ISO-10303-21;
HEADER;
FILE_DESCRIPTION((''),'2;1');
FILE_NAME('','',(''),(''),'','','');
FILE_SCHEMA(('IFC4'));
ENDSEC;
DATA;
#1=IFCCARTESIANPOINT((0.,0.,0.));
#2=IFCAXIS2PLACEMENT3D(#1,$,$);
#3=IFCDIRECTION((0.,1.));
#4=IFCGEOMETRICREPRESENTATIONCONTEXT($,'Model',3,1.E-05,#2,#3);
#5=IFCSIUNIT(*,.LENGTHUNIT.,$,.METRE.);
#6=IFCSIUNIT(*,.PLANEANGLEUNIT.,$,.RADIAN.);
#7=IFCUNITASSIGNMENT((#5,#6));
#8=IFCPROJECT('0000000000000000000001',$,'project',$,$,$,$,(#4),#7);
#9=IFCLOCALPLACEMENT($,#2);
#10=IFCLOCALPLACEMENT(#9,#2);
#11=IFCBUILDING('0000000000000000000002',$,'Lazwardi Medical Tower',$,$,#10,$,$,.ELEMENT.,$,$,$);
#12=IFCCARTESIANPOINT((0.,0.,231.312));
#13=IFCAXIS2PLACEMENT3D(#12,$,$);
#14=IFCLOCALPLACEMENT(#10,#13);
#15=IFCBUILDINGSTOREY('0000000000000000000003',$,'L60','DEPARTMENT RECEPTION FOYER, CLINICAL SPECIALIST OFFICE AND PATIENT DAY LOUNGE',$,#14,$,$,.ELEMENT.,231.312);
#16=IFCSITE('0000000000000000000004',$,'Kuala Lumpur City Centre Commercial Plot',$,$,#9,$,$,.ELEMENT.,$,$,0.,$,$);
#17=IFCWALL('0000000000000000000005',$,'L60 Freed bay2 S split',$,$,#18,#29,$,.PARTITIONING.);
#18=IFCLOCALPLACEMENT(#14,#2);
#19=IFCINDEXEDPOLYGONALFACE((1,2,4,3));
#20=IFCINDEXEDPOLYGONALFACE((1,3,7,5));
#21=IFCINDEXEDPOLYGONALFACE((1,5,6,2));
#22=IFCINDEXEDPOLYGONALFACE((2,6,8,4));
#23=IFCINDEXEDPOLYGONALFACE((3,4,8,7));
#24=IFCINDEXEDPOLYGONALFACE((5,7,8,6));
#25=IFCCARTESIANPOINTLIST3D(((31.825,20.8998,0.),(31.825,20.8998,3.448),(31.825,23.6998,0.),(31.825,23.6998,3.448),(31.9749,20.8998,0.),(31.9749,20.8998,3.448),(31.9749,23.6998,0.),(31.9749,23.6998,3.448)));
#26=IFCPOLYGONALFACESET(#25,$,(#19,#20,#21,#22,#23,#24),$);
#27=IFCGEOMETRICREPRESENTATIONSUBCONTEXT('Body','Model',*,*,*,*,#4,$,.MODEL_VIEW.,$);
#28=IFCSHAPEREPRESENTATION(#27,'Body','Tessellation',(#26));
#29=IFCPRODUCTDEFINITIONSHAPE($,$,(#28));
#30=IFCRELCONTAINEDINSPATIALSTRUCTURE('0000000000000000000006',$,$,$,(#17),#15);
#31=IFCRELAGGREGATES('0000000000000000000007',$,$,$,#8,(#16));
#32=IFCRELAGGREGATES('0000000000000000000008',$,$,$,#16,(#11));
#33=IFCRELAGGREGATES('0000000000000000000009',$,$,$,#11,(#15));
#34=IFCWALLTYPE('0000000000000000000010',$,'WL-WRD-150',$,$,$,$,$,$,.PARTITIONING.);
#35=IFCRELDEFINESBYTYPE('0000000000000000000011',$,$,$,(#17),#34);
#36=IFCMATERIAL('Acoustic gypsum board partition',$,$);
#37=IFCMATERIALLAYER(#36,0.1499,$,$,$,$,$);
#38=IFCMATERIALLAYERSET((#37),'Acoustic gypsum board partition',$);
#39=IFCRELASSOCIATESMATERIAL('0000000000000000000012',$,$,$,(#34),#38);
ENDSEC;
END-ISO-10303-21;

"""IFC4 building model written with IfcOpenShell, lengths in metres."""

from ifc_helpers import new_model, si_unit, direction, frame, frame_2d, origin, place, context, subcontext, project, spatial, rectangle, extrude, material, layer, layer_set, type_object, element, save


model = new_model("IFC4")

# Units and contexts
model_context = context("Model", 3, precision=1e-05, world=origin(), true_north=direction((0.0, 1.0)))
body_context = subcontext(model_context, "Body", "Model", "MODEL_VIEW")
ifc_project = project(units=[si_unit("LENGTHUNIT", "METRE"), si_unit("PLANEANGLEUNIT", "RADIAN")], contexts=[model_context])

# Site, building, storey
site_placement = place(None, origin())
site = spatial("IfcSite", under=ifc_project, at=site_placement, Name="Kuala Lumpur City Centre Commercial Plot", CompositionType="ELEMENT", RefElevation=0.0)
building_placement = place(site_placement, origin())
building = spatial("IfcBuilding", under=site, at=building_placement, Name="Lazwardi Medical Tower", CompositionType="ELEMENT")
storey_placement = place(building_placement, frame((0.0, 0.0, 231.312)))
storey = spatial("IfcBuildingStorey", under=building, at=storey_placement, Name="L60", Description="DEPARTMENT RECEPTION FOYER, CLINICAL SPECIALIST OFFICE AND PATIENT DAY LOUNGE", CompositionType="ELEMENT", Elevation=231.312)

# Wall
ifc_material_1 = material(Name="Acoustic gypsum board partition")
ifc_layer_1 = layer(ifc_material_1, 0.1499)
ifc_layer_set_1 = layer_set([ifc_layer_1], Name="Acoustic gypsum board partition")
wall_type_1 = type_object("IfcWallType", Name="WL-WRD-150", PredefinedType="PARTITIONING", material=ifc_layer_set_1)
wall_1_placement = place(storey_placement, frame((31.8999, 20.8999, 0.0), z_axis=(0.0, 0.0, 1.0), x_axis=(0.0, 1.0, 0.0)))
element("IfcWall", 1, at=wall_1_placement, inside=storey, type_object=wall_type_1, Name="L60 Freed bay2 S split", PredefinedType="PARTITIONING", context=body_context, shape_type="SweptSolid", body=[
    extrude(rectangle(XDim=2.8, YDim=0.1499, at=frame_2d((1.3999, 0.0))), origin(), (0.0, 0.0, 1.0), 3.448),
])

save(model, "model.ifc")
